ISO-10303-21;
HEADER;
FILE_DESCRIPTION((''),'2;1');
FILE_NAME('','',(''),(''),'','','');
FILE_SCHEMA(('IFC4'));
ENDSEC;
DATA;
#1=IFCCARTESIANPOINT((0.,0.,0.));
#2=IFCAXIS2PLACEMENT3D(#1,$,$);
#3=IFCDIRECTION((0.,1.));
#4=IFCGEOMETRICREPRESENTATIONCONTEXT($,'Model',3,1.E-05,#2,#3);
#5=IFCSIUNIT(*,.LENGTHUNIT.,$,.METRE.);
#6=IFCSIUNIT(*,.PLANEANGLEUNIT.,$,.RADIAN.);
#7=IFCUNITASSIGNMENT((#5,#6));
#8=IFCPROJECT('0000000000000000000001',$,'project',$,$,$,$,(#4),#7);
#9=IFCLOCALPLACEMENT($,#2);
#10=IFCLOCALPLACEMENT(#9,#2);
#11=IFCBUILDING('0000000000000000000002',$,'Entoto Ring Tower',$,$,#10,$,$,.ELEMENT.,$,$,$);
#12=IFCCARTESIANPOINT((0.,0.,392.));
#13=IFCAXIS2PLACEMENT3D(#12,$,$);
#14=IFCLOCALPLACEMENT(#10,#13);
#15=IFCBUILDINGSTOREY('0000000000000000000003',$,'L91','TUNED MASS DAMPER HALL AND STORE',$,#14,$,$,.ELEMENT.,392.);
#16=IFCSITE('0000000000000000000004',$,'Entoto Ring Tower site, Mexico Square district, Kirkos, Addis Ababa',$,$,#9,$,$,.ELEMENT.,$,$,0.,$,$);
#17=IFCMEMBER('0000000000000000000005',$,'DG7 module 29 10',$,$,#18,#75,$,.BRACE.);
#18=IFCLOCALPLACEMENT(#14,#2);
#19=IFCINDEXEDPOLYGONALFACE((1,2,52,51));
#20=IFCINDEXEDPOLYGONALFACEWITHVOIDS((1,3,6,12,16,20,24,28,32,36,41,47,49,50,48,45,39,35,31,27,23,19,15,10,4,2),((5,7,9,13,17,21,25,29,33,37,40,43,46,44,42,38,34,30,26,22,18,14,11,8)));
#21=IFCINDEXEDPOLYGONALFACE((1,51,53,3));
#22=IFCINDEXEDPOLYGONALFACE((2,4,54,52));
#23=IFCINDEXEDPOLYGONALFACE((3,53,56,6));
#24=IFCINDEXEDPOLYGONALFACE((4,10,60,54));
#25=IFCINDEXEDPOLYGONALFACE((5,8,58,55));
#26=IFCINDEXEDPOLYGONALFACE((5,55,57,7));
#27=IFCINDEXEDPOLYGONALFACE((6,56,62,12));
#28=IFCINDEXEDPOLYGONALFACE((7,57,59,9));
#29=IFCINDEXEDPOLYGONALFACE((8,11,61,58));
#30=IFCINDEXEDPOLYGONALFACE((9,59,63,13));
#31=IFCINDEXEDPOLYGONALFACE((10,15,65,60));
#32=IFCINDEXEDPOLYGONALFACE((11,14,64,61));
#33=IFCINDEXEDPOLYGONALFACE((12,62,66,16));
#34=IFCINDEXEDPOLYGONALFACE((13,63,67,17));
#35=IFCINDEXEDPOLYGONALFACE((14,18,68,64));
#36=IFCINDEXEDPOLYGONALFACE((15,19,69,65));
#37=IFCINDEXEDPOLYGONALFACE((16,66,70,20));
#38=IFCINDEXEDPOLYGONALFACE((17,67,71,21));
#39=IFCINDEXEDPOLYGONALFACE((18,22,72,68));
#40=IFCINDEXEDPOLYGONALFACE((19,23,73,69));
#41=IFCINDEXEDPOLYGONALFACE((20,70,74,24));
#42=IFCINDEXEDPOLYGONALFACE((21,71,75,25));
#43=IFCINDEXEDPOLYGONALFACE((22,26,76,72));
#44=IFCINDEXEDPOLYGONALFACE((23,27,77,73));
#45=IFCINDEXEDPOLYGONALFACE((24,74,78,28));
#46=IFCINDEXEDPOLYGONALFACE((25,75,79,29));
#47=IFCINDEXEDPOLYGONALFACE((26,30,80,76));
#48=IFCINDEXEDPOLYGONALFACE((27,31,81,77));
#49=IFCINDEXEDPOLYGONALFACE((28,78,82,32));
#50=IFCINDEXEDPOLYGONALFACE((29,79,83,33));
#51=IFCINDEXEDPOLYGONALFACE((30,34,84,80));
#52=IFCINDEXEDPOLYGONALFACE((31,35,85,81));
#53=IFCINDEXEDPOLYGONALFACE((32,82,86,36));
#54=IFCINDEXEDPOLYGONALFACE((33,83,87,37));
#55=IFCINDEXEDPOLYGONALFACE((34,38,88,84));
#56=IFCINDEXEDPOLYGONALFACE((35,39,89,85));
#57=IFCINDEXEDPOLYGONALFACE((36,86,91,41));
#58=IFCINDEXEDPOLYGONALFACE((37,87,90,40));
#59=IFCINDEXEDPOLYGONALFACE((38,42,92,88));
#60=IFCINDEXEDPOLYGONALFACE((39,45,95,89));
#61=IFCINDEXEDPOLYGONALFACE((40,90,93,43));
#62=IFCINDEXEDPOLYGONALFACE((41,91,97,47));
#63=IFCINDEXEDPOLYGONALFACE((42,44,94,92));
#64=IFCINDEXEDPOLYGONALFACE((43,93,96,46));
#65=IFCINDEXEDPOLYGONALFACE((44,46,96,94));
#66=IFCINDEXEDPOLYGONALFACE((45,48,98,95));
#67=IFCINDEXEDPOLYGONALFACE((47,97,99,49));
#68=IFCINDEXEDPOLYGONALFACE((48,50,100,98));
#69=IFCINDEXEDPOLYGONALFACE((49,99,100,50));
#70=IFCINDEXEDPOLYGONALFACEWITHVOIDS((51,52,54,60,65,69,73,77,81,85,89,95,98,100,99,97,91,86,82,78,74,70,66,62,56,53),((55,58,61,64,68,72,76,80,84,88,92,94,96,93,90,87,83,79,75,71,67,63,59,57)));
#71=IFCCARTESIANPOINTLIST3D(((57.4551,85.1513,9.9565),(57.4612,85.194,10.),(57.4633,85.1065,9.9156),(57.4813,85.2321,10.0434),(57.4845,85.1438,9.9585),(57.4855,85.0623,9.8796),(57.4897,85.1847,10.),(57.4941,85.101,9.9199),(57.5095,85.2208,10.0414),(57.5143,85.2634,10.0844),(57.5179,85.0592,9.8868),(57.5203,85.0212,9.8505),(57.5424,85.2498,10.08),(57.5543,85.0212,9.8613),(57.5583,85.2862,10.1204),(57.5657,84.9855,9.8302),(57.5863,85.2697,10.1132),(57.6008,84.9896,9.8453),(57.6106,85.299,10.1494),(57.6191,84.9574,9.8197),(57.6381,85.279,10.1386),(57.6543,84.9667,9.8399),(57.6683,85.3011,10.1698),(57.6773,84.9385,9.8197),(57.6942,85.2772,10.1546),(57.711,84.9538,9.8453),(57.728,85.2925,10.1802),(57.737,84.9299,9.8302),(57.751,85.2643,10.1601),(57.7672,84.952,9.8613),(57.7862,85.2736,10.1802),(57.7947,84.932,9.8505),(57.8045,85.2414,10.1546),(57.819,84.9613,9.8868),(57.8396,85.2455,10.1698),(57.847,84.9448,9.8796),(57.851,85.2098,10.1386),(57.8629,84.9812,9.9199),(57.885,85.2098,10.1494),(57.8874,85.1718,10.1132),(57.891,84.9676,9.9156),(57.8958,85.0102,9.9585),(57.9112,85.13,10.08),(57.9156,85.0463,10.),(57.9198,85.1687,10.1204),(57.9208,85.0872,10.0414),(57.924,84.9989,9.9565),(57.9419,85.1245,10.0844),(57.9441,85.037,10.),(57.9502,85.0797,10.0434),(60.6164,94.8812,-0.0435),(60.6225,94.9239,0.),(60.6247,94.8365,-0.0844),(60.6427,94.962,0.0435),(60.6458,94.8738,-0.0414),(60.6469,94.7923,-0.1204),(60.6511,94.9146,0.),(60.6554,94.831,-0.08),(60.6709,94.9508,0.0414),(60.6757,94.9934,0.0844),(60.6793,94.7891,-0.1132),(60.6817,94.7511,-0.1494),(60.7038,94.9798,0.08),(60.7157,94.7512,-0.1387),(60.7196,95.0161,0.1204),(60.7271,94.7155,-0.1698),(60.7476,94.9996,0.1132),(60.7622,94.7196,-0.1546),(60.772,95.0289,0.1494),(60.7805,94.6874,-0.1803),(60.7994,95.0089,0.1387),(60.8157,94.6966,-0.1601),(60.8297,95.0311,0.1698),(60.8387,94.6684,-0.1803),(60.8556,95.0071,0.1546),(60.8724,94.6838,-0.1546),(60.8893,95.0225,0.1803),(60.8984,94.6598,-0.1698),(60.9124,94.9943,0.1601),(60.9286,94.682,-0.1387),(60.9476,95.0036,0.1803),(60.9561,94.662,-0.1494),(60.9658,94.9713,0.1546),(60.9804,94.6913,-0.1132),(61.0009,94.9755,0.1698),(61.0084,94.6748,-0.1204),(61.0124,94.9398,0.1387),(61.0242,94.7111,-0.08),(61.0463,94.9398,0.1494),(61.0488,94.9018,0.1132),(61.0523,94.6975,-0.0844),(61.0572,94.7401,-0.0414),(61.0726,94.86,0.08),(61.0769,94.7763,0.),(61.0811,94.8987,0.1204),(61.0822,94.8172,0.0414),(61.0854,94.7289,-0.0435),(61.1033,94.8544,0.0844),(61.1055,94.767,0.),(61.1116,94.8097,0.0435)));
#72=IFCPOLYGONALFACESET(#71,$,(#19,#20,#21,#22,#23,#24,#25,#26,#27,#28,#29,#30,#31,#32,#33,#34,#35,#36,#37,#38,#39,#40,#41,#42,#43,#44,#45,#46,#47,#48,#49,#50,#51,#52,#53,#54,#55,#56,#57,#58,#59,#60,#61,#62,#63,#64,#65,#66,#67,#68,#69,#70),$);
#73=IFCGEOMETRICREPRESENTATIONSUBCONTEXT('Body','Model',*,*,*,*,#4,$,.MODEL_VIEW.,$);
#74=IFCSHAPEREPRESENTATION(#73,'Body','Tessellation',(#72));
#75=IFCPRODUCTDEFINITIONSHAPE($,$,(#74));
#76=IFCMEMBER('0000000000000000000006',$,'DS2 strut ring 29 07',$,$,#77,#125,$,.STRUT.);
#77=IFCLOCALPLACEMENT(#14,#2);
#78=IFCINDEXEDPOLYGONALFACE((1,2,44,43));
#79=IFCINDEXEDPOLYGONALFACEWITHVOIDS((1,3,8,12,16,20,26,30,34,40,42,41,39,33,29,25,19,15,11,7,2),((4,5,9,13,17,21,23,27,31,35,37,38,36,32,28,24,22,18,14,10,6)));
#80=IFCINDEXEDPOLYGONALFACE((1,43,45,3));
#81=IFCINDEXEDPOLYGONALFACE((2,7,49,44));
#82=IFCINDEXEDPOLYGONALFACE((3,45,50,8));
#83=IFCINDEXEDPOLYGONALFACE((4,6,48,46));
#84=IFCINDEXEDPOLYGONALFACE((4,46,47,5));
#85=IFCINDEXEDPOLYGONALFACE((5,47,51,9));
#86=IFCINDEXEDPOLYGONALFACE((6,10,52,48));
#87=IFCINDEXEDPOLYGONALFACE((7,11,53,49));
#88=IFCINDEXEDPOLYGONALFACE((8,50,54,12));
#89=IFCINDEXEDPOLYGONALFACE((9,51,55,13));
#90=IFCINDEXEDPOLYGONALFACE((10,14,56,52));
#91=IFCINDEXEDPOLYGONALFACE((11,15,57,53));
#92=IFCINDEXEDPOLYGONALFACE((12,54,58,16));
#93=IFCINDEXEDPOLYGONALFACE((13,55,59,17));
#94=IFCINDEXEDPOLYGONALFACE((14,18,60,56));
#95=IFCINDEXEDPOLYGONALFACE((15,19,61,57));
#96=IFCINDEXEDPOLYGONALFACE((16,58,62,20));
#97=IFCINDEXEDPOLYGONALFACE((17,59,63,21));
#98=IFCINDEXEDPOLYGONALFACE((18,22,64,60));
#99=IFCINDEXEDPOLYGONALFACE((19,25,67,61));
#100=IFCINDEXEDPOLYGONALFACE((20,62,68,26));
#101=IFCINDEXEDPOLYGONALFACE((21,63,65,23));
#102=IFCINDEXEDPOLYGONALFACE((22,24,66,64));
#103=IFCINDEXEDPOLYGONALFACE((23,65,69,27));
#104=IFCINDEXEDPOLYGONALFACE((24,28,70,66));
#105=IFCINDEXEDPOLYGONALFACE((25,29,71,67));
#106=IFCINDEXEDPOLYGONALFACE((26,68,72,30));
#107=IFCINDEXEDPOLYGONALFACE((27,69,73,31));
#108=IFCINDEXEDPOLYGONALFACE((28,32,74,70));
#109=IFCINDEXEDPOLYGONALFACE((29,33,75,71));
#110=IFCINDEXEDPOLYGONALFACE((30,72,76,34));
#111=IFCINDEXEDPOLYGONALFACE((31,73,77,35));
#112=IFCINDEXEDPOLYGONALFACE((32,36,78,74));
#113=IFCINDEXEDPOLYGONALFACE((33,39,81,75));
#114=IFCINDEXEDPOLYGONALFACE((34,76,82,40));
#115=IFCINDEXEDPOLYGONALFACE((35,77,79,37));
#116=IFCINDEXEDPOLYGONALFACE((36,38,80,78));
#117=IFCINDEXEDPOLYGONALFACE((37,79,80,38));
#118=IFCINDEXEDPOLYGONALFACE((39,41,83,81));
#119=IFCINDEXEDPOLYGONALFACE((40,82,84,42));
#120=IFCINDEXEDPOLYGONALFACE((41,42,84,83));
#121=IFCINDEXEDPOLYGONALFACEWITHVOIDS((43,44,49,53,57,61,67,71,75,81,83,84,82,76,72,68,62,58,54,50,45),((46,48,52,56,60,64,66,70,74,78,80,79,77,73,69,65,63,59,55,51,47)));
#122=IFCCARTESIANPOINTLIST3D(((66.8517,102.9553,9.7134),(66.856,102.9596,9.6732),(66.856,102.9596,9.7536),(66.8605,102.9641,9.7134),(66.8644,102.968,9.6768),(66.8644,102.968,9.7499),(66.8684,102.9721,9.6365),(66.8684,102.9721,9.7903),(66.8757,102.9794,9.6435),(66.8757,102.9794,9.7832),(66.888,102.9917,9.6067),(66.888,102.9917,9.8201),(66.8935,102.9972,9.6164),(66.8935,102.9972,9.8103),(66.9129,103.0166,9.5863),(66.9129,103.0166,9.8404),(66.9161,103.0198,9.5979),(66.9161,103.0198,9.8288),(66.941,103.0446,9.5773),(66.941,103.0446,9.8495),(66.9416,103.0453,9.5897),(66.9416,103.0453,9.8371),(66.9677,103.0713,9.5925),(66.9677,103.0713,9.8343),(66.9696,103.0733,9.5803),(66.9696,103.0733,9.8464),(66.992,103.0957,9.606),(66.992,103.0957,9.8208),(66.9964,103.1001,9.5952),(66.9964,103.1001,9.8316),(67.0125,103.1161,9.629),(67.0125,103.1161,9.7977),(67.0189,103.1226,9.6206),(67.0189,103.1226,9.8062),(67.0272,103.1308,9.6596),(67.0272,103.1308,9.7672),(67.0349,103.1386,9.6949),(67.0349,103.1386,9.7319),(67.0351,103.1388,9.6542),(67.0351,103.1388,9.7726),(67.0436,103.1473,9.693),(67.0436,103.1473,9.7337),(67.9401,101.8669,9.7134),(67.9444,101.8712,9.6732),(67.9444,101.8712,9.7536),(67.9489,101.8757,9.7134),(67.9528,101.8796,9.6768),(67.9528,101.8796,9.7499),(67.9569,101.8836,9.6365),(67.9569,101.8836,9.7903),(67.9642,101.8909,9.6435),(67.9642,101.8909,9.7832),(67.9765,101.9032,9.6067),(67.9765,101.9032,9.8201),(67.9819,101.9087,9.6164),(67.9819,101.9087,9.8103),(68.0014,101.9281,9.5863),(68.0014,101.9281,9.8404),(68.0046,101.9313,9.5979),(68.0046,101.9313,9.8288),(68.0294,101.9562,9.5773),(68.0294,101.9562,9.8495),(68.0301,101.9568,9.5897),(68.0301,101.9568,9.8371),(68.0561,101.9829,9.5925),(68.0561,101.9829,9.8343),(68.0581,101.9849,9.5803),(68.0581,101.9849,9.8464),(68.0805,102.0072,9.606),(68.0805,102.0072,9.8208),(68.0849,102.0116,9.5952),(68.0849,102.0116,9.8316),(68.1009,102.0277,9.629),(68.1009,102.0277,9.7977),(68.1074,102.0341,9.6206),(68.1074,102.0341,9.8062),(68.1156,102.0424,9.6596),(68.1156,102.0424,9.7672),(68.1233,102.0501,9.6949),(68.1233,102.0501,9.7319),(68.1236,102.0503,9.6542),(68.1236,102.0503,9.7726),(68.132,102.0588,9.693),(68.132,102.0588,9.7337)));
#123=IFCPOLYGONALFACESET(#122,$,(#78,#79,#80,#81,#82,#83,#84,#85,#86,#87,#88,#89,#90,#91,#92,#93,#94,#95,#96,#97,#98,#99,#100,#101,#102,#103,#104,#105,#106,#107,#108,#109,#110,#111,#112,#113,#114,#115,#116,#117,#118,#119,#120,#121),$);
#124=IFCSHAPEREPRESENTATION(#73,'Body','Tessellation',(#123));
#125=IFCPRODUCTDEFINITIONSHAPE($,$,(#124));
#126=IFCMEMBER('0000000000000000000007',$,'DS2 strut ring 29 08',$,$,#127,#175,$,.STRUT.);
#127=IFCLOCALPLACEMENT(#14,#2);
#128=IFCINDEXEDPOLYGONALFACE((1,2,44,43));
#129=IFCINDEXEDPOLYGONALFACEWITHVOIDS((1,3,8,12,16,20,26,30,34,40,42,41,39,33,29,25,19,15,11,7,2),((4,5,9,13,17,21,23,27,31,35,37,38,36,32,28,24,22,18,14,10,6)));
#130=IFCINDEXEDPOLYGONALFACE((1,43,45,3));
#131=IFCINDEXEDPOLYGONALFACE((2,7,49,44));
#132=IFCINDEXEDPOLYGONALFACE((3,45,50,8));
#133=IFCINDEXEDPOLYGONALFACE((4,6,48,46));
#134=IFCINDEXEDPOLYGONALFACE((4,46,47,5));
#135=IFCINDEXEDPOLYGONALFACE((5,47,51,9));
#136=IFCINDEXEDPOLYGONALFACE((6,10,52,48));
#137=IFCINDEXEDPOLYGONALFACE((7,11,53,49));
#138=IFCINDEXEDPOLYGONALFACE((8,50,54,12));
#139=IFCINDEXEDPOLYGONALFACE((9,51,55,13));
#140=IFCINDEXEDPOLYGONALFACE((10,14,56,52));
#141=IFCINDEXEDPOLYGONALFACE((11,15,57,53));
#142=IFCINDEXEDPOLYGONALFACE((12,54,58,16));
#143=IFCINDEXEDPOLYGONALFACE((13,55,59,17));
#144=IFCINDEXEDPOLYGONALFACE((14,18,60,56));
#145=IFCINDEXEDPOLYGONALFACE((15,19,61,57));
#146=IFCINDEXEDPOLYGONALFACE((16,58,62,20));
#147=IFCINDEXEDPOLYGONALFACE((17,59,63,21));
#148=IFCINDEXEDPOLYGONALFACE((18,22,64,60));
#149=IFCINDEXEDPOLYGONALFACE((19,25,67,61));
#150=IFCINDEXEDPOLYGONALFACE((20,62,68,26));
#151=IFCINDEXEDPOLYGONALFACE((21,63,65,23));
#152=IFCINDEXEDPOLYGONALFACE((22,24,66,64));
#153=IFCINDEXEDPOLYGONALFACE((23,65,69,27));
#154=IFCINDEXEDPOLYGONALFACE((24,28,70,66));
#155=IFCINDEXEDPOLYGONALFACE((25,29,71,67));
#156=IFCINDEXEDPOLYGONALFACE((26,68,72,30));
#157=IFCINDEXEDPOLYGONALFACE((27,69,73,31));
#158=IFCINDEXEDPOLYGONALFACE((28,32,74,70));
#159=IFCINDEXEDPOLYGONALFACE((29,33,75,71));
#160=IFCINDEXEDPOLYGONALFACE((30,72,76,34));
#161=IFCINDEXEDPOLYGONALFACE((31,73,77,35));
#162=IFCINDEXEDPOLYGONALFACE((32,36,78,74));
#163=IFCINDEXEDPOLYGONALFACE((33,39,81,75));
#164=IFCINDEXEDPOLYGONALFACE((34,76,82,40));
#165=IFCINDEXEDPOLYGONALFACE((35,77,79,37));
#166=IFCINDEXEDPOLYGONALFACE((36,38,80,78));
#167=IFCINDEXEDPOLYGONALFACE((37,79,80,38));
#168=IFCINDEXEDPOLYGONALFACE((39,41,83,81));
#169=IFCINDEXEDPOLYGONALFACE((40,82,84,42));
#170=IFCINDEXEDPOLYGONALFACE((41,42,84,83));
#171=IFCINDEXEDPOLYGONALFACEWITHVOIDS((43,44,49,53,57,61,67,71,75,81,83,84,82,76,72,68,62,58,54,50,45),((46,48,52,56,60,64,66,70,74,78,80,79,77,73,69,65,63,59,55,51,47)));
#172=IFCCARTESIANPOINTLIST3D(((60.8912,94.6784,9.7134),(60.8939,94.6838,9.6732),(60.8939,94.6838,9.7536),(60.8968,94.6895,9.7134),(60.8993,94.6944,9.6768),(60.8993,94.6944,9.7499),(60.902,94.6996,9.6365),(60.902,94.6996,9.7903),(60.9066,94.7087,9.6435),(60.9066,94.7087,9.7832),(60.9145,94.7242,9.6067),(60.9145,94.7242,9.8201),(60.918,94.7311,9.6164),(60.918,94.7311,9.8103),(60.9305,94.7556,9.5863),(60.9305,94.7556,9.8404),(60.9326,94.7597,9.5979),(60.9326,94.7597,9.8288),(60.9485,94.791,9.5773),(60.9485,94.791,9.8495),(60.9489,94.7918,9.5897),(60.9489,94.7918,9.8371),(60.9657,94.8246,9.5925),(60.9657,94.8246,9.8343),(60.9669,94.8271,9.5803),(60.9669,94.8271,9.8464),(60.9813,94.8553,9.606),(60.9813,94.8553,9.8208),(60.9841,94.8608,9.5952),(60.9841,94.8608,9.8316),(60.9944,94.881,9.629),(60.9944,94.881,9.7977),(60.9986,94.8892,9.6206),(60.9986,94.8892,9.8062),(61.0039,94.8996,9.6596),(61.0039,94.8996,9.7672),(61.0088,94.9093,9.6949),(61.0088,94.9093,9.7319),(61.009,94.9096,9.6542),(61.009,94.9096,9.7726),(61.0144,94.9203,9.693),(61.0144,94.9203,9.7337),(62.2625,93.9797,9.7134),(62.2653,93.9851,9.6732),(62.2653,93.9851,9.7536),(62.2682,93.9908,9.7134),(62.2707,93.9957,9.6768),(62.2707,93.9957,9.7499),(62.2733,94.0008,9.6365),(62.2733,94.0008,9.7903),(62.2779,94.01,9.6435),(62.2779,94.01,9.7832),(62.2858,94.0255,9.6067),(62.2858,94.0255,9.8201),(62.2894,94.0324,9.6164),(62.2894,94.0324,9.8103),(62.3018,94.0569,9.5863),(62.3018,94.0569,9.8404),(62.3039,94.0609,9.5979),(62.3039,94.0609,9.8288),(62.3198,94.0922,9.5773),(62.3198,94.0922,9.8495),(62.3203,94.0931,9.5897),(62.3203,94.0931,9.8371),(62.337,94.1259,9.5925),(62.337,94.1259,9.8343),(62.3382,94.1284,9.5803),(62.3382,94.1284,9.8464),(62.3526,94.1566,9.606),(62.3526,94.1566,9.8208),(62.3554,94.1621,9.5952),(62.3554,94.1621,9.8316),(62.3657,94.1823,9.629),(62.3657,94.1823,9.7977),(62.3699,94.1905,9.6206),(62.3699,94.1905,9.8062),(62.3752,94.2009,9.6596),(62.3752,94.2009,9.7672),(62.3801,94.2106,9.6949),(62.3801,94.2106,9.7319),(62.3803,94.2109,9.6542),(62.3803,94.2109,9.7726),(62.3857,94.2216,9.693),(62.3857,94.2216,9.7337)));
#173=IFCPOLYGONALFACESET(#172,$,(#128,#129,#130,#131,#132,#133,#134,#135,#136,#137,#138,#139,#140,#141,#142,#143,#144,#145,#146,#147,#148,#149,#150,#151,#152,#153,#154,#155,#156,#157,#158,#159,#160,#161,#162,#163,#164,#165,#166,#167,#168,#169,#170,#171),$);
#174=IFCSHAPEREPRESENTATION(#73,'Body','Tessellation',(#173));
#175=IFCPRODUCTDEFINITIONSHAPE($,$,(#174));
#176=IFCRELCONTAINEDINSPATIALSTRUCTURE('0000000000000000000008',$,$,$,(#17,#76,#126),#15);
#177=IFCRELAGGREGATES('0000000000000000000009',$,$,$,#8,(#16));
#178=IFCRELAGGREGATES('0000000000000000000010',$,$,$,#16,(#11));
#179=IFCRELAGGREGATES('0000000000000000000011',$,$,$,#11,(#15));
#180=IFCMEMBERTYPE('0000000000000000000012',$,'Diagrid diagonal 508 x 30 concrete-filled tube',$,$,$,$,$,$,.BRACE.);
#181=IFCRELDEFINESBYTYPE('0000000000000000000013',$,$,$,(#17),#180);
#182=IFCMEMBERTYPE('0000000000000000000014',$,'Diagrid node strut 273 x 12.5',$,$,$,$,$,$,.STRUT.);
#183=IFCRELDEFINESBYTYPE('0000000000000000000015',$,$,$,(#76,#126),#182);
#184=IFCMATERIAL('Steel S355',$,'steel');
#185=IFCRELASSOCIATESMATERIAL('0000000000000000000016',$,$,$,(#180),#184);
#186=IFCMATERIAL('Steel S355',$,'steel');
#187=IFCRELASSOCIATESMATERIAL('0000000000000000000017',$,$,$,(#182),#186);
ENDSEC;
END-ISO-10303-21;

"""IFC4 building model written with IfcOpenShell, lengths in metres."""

from ifc_helpers import new_model, si_unit, direction, frame, origin, origin_2d, place, context, subcontext, project, spatial, circle, hollow_circle, extrude, material, material_profile, profile_set, type_object, element, save


model = new_model("IFC4")

# Units and contexts
model_context = context("Model", 3, precision=1e-05, world=origin(), true_north=direction((0.0, 1.0)))
body_context = subcontext(model_context, "Body", "Model", "MODEL_VIEW")
ifc_project = project(units=[si_unit("LENGTHUNIT", "METRE"), si_unit("PLANEANGLEUNIT", "RADIAN")], contexts=[model_context])

# Site, building, storey
site_placement = place(None, origin())
site = spatial("IfcSite", under=ifc_project, at=site_placement, Name="Entoto Ring Tower site, Mexico Square district, Kirkos, Addis Ababa", CompositionType="ELEMENT", RefElevation=0.0)
building_placement = place(site_placement, origin())
building = spatial("IfcBuilding", under=site, at=building_placement, Name="Entoto Ring Tower", CompositionType="ELEMENT")
storey_placement = place(building_placement, frame((0.0, 0.0, 392.0)))
storey = spatial("IfcBuildingStorey", under=building, at=storey_placement, Name="L91", Description="TUNED MASS DAMPER HALL AND STORE", CompositionType="ELEMENT", Elevation=392.0)

# Members
ifc_material_1 = material(Name="Steel S355", Category="steel")
ifc_material_profile_1 = material_profile(ifc_material_1, hollow_circle(Radius=0.2539, WallThickness=0.03, at=origin_2d()), Name="CHS 508 x 30")
ifc_material_2 = material(Name="Concrete C60/75", Category="concrete")
ifc_material_profile_2 = material_profile(ifc_material_2, circle(Radius=0.2241, at=origin_2d()), Name="Concrete C60/75 infill")
ifc_profile_set_1 = profile_set([ifc_material_profile_1, ifc_material_profile_2], Name="Steel S355")
member_type_1 = type_object("IfcMemberType", Name="Diagrid diagonal 508 x 30 concrete-filled tube", PredefinedType="BRACE", material=ifc_profile_set_1)
member_1_placement = place(storey_placement, frame((60.864, 94.8455, 0.0), z_axis=(-0.22098, -0.680124, 0.698999), x_axis=(0.951059, -0.309009, 0.0)))
element("IfcMember", 1, at=member_1_placement, inside=storey, type_object=member_type_1, Name="DG7 module 29 10", PredefinedType="BRACE", context=body_context, shape_type="SweptSolid", body=[
    extrude(hollow_circle(Radius=0.2539, WallThickness=0.03, at=origin_2d()), origin(), (0.0, 0.0, 1.0), 14.3062),
])
ifc_material_3 = material(Name="Steel S355", Category="steel")
ifc_material_profile_3 = material_profile(ifc_material_3, hollow_circle(Radius=0.1365, WallThickness=0.0125, at=origin_2d()), Name="CHS 273 x 12.5")
ifc_material_4 = material(Name="Concrete C60/75", Category="concrete")
ifc_material_profile_4 = material_profile(ifc_material_4, circle(Radius=0.124, at=origin_2d()), Name="Concrete C60/75 infill")
ifc_profile_set_2 = profile_set([ifc_material_profile_3, ifc_material_profile_4], Name="Steel S355")
member_type_2 = type_object("IfcMemberType", Name="Diagrid node strut 273 x 12.5", PredefinedType="STRUT", material=ifc_profile_set_2)
member_2_placement = place(storey_placement, frame((68.0366, 101.9634, 9.7134), z_axis=(-0.707107, 0.707107, 0.0), x_axis=(-0.707107, -0.707107, 0.0)))
element("IfcMember", 2, at=member_2_placement, inside=storey, type_object=member_type_2, Name="DS2 strut ring 29 07", PredefinedType="STRUT", context=body_context, shape_type="SweptSolid", body=[
    extrude(hollow_circle(Radius=0.1365, WallThickness=0.0125, at=origin_2d()), origin(), (0.0, 0.0, 1.0), 1.5393),
])
member_3_placement = place(storey_placement, frame((62.3245, 94.1013, 9.7134), z_axis=(-0.891007, 0.45399, 0.0), x_axis=(-0.45399, -0.891007, 0.0)))
element("IfcMember", 3, at=member_3_placement, inside=storey, type_object=member_type_2, Name="DS2 strut ring 29 08", PredefinedType="STRUT", context=body_context, shape_type="SweptSolid", body=[
    extrude(hollow_circle(Radius=0.1365, WallThickness=0.0125, at=origin_2d()), origin(), (0.0, 0.0, 1.0), 1.5391),
])

save(model, "model.ifc")
